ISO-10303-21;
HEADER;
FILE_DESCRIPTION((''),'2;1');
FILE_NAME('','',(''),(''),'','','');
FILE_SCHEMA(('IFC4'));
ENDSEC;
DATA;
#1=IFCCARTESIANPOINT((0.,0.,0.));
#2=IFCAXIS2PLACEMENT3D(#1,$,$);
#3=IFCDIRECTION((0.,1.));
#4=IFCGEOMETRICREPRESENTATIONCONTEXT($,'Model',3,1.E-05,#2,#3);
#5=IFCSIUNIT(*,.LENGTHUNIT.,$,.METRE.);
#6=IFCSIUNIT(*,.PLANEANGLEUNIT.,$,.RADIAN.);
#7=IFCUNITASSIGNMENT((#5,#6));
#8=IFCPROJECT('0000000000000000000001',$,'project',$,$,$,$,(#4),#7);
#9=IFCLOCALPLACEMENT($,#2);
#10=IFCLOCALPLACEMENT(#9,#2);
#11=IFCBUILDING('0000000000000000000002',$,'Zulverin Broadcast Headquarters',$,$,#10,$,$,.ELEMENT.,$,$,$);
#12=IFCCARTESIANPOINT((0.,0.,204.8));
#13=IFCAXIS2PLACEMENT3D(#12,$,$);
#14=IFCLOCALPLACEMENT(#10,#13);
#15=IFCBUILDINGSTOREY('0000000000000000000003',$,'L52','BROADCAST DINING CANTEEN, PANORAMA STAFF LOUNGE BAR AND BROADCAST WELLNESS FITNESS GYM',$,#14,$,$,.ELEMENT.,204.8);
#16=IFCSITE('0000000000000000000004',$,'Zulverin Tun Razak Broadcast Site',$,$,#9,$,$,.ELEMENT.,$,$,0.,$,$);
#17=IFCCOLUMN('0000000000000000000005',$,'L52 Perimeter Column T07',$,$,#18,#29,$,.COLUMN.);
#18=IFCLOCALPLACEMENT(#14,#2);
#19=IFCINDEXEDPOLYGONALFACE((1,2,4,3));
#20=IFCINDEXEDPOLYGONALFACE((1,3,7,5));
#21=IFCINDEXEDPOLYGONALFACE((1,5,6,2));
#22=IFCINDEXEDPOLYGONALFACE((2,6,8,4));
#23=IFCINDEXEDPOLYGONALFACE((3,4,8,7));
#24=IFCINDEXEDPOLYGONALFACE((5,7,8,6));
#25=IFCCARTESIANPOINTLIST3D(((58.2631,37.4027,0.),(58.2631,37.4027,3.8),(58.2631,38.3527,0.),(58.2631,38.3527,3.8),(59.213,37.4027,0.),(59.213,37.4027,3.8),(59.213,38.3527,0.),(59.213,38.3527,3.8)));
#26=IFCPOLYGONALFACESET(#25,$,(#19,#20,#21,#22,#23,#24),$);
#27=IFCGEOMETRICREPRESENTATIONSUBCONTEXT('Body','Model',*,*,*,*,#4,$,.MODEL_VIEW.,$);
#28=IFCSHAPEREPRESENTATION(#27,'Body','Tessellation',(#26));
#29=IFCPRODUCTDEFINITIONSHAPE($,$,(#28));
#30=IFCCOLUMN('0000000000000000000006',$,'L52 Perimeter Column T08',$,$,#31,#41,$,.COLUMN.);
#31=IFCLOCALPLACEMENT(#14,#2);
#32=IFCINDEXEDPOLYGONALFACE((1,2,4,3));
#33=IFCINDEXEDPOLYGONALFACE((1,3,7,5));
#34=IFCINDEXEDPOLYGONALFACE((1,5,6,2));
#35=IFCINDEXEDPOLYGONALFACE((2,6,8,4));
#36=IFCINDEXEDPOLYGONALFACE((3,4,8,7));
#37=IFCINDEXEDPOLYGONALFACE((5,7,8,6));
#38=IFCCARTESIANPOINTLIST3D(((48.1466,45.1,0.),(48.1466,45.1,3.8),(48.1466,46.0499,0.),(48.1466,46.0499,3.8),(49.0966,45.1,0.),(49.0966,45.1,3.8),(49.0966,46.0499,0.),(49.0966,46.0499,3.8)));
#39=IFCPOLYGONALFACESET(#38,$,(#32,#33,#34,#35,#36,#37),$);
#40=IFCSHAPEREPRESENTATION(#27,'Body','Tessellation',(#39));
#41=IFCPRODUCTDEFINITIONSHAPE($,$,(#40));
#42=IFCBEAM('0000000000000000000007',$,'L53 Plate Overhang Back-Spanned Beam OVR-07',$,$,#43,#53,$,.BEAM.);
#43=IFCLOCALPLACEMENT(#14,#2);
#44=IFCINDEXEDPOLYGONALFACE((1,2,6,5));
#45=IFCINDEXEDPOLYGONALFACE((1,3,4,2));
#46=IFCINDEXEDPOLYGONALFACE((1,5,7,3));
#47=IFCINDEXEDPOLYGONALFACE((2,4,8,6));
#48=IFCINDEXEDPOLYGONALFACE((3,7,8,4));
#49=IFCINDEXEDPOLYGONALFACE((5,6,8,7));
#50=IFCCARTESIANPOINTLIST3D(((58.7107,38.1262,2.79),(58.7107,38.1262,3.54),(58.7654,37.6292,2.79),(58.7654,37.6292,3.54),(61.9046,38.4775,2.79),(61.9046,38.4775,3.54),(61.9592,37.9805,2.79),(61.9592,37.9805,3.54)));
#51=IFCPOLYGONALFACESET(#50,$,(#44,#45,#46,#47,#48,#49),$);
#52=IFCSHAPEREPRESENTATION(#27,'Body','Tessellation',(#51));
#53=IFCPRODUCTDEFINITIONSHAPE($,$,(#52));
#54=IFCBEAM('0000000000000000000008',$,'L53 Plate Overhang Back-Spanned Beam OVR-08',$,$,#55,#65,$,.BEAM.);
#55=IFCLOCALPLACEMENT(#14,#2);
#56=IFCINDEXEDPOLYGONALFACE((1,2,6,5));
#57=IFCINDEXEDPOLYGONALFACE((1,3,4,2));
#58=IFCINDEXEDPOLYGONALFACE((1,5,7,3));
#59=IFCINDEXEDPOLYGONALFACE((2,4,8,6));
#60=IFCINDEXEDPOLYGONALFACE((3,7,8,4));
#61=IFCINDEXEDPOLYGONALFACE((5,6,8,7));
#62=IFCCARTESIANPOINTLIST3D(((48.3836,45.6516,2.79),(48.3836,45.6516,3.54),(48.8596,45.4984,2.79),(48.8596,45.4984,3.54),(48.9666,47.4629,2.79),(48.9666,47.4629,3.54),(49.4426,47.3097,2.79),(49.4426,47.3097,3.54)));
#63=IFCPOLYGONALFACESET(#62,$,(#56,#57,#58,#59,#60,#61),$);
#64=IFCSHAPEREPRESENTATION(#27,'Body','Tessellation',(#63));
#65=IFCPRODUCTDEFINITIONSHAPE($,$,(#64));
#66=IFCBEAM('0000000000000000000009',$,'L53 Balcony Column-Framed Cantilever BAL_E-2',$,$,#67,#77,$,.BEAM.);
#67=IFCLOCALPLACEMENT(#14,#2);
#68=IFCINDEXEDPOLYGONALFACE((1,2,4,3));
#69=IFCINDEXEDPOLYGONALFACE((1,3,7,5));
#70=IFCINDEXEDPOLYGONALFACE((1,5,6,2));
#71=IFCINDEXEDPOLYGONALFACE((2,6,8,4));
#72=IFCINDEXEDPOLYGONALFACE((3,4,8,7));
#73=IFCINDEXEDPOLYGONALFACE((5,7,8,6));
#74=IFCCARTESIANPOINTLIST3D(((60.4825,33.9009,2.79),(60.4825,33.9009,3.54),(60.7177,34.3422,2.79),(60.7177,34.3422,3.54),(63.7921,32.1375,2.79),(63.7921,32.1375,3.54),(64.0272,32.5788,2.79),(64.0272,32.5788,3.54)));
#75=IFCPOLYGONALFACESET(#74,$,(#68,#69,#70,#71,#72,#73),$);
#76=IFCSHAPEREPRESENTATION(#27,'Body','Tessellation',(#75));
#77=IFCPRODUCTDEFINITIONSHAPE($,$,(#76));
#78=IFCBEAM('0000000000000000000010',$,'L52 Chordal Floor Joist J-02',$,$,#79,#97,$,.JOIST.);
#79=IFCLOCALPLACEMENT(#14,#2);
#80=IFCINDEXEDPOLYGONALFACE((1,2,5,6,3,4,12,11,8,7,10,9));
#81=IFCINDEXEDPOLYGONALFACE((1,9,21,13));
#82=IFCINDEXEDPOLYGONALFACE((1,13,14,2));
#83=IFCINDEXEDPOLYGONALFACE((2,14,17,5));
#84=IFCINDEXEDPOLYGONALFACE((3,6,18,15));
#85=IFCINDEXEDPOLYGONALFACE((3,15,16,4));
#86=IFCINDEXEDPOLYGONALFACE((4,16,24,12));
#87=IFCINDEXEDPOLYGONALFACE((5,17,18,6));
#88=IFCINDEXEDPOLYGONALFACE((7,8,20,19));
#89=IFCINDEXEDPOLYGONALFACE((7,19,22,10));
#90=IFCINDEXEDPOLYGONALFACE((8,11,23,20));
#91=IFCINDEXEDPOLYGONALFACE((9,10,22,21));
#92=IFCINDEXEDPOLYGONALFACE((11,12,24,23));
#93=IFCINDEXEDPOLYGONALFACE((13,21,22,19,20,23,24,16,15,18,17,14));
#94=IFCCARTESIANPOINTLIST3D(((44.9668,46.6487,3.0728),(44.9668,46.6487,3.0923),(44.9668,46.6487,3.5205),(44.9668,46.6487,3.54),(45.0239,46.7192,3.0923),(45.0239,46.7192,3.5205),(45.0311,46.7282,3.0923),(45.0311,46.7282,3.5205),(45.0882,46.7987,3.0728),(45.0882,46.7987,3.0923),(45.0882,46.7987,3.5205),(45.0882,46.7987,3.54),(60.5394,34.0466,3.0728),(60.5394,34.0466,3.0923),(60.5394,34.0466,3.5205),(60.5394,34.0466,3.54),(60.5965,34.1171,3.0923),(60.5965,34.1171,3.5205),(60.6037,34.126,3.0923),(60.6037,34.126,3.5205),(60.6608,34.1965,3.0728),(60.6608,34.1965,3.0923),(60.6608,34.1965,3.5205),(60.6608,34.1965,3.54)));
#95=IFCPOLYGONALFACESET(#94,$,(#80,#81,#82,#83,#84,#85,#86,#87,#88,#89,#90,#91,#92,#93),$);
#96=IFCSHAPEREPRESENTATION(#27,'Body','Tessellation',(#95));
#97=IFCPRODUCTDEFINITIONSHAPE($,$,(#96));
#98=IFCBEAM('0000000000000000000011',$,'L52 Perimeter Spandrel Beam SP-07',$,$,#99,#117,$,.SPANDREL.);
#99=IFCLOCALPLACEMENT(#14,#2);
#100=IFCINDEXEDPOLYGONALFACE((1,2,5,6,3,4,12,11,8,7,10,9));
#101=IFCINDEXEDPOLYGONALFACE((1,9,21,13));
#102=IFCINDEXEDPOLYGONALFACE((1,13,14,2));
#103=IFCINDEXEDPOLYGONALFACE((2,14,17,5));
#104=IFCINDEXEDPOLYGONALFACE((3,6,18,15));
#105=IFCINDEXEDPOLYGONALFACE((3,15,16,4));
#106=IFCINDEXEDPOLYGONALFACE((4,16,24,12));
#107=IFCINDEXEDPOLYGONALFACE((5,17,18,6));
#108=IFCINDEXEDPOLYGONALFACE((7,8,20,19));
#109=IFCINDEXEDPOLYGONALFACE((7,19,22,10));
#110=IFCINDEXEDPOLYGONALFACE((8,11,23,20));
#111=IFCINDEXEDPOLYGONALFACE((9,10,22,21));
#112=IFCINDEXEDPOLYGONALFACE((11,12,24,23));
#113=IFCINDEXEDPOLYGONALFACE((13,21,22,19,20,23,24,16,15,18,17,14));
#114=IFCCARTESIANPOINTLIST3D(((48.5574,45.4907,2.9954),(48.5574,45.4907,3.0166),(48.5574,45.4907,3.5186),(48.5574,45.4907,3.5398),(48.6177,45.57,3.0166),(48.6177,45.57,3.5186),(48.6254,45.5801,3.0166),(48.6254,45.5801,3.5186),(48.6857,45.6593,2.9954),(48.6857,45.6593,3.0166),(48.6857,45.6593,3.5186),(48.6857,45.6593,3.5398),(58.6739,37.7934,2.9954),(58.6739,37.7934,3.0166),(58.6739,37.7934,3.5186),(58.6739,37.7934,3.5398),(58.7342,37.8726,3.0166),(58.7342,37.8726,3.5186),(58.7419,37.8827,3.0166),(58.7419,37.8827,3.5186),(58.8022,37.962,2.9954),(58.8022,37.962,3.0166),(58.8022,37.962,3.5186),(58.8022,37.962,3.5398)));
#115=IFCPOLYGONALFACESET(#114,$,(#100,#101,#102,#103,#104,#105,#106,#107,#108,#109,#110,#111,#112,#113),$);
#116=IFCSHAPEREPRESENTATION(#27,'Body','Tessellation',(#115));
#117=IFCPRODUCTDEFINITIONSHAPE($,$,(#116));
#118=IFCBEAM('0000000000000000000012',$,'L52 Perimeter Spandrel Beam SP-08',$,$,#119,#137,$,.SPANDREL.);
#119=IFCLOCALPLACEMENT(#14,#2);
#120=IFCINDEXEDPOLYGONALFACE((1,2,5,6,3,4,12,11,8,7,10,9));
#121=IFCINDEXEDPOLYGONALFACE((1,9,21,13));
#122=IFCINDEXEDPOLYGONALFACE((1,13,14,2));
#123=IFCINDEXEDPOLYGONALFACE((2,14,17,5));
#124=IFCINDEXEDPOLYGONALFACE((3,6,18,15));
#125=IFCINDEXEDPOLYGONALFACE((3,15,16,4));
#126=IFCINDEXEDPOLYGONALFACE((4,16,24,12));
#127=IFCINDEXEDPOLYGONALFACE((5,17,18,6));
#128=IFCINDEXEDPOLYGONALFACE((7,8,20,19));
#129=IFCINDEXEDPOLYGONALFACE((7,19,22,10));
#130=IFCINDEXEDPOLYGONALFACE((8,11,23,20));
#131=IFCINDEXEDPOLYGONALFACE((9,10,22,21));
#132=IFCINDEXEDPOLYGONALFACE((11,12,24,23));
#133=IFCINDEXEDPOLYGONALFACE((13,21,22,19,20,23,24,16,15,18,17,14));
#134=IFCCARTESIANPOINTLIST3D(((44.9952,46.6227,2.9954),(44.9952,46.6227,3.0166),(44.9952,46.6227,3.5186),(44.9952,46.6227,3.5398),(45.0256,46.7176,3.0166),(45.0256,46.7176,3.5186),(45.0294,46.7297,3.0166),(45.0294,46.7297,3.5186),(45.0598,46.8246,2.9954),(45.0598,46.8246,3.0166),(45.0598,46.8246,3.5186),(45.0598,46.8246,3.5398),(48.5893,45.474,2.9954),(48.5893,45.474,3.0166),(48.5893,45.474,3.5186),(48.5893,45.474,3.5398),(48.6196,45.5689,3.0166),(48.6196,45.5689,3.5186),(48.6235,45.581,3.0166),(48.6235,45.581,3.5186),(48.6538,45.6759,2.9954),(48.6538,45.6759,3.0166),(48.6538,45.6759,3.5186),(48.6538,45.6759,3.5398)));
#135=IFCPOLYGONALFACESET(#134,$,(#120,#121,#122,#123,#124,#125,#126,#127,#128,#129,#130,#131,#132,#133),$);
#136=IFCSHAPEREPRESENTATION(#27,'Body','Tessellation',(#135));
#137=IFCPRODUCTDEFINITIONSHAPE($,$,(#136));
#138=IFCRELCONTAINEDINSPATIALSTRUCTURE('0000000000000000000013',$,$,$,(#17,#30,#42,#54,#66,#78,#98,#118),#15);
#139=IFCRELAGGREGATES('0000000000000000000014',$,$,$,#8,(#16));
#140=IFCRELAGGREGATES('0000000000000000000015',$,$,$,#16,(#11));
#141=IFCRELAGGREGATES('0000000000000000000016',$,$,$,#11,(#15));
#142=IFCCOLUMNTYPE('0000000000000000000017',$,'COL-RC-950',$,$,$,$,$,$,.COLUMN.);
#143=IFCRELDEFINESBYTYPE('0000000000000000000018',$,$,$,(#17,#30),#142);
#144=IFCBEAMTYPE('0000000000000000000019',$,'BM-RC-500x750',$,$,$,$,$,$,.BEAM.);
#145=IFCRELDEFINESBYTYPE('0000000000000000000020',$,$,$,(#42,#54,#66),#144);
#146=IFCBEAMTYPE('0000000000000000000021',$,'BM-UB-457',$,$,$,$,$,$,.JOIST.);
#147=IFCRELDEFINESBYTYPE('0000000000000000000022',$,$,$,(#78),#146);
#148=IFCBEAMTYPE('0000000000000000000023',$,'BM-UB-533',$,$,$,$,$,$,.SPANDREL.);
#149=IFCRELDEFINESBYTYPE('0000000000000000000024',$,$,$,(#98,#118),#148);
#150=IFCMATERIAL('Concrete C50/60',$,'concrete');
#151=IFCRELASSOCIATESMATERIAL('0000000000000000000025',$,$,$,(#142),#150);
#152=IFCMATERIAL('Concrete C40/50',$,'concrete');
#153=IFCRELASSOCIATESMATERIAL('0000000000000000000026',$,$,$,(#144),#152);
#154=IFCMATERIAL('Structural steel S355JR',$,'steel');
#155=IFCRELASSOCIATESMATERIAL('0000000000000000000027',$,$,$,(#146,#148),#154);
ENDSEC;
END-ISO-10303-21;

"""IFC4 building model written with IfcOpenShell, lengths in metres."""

from ifc_helpers import new_model, si_unit, direction, frame, origin, origin_2d, place, context, subcontext, project, spatial, rectangle, i_section, extrude, material, material_profile, profile_set, type_object, element, save


model = new_model("IFC4")

# Units and contexts
model_context = context("Model", 3, precision=1e-05, world=origin(), true_north=direction((0.0, 1.0)))
body_context = subcontext(model_context, "Body", "Model", "MODEL_VIEW")
ifc_project = project(units=[si_unit("LENGTHUNIT", "METRE"), si_unit("PLANEANGLEUNIT", "RADIAN")], contexts=[model_context])

# Site, building, storey
site_placement = place(None, origin())
site = spatial("IfcSite", under=ifc_project, at=site_placement, Name="Zulverin Tun Razak Broadcast Site", CompositionType="ELEMENT", RefElevation=0.0)
building_placement = place(site_placement, origin())
building = spatial("IfcBuilding", under=site, at=building_placement, Name="Zulverin Broadcast Headquarters", CompositionType="ELEMENT")
storey_placement = place(building_placement, frame((0.0, 0.0, 204.8)))
storey = spatial("IfcBuildingStorey", under=building, at=storey_placement, Name="L52", Description="BROADCAST DINING CANTEEN, PANORAMA STAFF LOUNGE BAR AND BROADCAST WELLNESS FITNESS GYM", CompositionType="ELEMENT", Elevation=204.8)

# Columns
ifc_material_1 = material(Name="Concrete C50/60", Category="concrete")
ifc_material_profile_1 = material_profile(ifc_material_1, rectangle(XDim=0.95, YDim=0.95, at=origin_2d()), Name="Concrete C50/60", Category="concrete")
ifc_profile_set_1 = profile_set([ifc_material_profile_1], Name="Concrete C50/60")
column_type = type_object("IfcColumnType", Name="COL-RC-950", PredefinedType="COLUMN", material=ifc_profile_set_1)
for number, where, z_axis, x_axis, name in (
    (1, (58.738, 37.8777, 0.0), (0.0, 0.0, 1.0), (1.0, 0.0, 0.0), "L52 Perimeter Column T07"),
    (2, (48.6216, 45.575, 0.0), (0.0, 0.0, 1.0), (1.0, 0.0, 0.0), "L52 Perimeter Column T08"),
):
    element("IfcColumn", number, at=place(storey_placement, frame(where, z_axis=z_axis, x_axis=x_axis)), inside=storey, type_object=column_type, Name=name, PredefinedType="COLUMN", context=body_context, shape_type="SweptSolid", body=[
        extrude(rectangle(XDim=0.95, YDim=0.95, at=origin_2d()), origin(), (0.0, 0.0, 1.0), 3.8),
    ])

# Beams
ifc_material_2 = material(Name="Concrete C40/50", Category="concrete")
ifc_material_profile_2 = material_profile(ifc_material_2, rectangle(XDim=0.5, YDim=0.75, at=origin_2d()), Name="Concrete C40/50", Category="concrete")
ifc_profile_set_2 = profile_set([ifc_material_profile_2], Name="Concrete C40/50")
beam_type_1 = type_object("IfcBeamType", Name="BM-RC-500x750", PredefinedType="BEAM", material=ifc_profile_set_2)
beam_1_placement = place(storey_placement, frame((58.738, 37.8777, 3.165), z_axis=(0.994005, 0.109339, 0.0), x_axis=(-0.109339, 0.994005, 0.0)))
element("IfcBeam", 3, at=beam_1_placement, inside=storey, type_object=beam_type_1, Name="L53 Plate Overhang Back-Spanned Beam OVR-07", PredefinedType="BEAM", context=body_context, shape_type="SweptSolid", body=[
    extrude(rectangle(XDim=0.5, YDim=0.75, at=origin_2d()), origin(), (0.0, 0.0, 1.0), 3.2131),
])
beam_2_placement = place(storey_placement, frame((48.6216, 45.575, 3.165), z_axis=(0.306395, 0.951904, 0.0), x_axis=(-0.951904, 0.306395, 0.0)))
element("IfcBeam", 4, at=beam_2_placement, inside=storey, type_object=beam_type_1, Name="L53 Plate Overhang Back-Spanned Beam OVR-08", PredefinedType="BEAM", context=body_context, shape_type="SweptSolid", body=[
    extrude(rectangle(XDim=0.5, YDim=0.75, at=origin_2d()), origin(), (0.0, 0.0, 1.0), 1.9028),
])
beam_3_placement = place(storey_placement, frame((60.6001, 34.1216, 3.165), z_axis=(0.882538, -0.47024, 0.0), x_axis=(0.47024, 0.882538, 0.0)))
element("IfcBeam", 5, at=beam_3_placement, inside=storey, type_object=beam_type_1, Name="L53 Balcony Column-Framed Cantilever BAL_E-2", PredefinedType="BEAM", context=body_context, shape_type="SweptSolid", body=[
    extrude(rectangle(XDim=0.5, YDim=0.75, at=origin_2d()), origin(), (0.0, 0.0, 1.0), 3.75),
])
ifc_material_3 = material(Name="Structural steel S355JR", Category="steel")
ifc_material_profile_3 = material_profile(ifc_material_3, i_section(OverallWidth=0.1929, OverallDepth=0.4673, WebThickness=0.0115, FlangeThickness=0.0195, at=origin_2d()), Name="Structural steel S355JR", Category="steel")
ifc_profile_set_3 = profile_set([ifc_material_profile_3], Name="Structural steel S355JR")
beam_type_2 = type_object("IfcBeamType", Name="BM-UB-457", PredefinedType="JOIST", material=ifc_profile_set_3)
beam_4_placement = place(storey_placement, frame((60.6001, 34.1216, 3.3064), z_axis=(-0.777349, 0.62907, 0.0), x_axis=(-0.62907, -0.777349, 0.0)))
element("IfcBeam", 6, at=beam_4_placement, inside=storey, type_object=beam_type_2, Name="L52 Chordal Floor Joist J-02", PredefinedType="JOIST", context=body_context, shape_type="SweptSolid", body=[
    extrude(i_section(OverallWidth=0.1929, OverallDepth=0.4673, WebThickness=0.0115, FlangeThickness=0.0195, at=origin_2d()), origin(), (0.0, 0.0, 1.0), 20.033),
])
ifc_material_profile_4 = material_profile(ifc_material_3, i_section(OverallWidth=0.2119, OverallDepth=0.5444, WebThickness=0.0127, FlangeThickness=0.0212, at=origin_2d()), Name="Structural steel S355JR", Category="steel")
ifc_profile_set_4 = profile_set([ifc_material_profile_4], Name="Structural steel S355JR")
beam_type_3 = type_object("IfcBeamType", Name="BM-UB-533", PredefinedType="SPANDREL", material=ifc_profile_set_4)
beam_5_placement = place(storey_placement, frame((58.738, 37.8777, 3.2676), z_axis=(-0.79583, 0.60552, 0.0), x_axis=(-0.60552, -0.79583, 0.0)))
element("IfcBeam", 7, at=beam_5_placement, inside=storey, type_object=beam_type_3, Name="L52 Perimeter Spandrel Beam SP-07", PredefinedType="SPANDREL", context=body_context, shape_type="SweptSolid", body=[
    extrude(i_section(OverallWidth=0.2119, OverallDepth=0.5444, WebThickness=0.0127, FlangeThickness=0.0212, at=origin_2d()), origin(), (0.0, 0.0, 1.0), 12.7119),
])
beam_6_placement = place(storey_placement, frame((48.6216, 45.575, 3.2676), z_axis=(-0.952532, 0.30444, 0.0), x_axis=(-0.30444, -0.952532, 0.0)))
element("IfcBeam", 8, at=beam_6_placement, inside=storey, type_object=beam_type_3, Name="L52 Perimeter Spandrel Beam SP-08", PredefinedType="SPANDREL", context=body_context, shape_type="SweptSolid", body=[
    extrude(i_section(OverallWidth=0.2119, OverallDepth=0.5444, WebThickness=0.0127, FlangeThickness=0.0212, at=origin_2d()), origin(), (0.0, 0.0, 1.0), 3.7732),
])

save(model, "model.ifc")
